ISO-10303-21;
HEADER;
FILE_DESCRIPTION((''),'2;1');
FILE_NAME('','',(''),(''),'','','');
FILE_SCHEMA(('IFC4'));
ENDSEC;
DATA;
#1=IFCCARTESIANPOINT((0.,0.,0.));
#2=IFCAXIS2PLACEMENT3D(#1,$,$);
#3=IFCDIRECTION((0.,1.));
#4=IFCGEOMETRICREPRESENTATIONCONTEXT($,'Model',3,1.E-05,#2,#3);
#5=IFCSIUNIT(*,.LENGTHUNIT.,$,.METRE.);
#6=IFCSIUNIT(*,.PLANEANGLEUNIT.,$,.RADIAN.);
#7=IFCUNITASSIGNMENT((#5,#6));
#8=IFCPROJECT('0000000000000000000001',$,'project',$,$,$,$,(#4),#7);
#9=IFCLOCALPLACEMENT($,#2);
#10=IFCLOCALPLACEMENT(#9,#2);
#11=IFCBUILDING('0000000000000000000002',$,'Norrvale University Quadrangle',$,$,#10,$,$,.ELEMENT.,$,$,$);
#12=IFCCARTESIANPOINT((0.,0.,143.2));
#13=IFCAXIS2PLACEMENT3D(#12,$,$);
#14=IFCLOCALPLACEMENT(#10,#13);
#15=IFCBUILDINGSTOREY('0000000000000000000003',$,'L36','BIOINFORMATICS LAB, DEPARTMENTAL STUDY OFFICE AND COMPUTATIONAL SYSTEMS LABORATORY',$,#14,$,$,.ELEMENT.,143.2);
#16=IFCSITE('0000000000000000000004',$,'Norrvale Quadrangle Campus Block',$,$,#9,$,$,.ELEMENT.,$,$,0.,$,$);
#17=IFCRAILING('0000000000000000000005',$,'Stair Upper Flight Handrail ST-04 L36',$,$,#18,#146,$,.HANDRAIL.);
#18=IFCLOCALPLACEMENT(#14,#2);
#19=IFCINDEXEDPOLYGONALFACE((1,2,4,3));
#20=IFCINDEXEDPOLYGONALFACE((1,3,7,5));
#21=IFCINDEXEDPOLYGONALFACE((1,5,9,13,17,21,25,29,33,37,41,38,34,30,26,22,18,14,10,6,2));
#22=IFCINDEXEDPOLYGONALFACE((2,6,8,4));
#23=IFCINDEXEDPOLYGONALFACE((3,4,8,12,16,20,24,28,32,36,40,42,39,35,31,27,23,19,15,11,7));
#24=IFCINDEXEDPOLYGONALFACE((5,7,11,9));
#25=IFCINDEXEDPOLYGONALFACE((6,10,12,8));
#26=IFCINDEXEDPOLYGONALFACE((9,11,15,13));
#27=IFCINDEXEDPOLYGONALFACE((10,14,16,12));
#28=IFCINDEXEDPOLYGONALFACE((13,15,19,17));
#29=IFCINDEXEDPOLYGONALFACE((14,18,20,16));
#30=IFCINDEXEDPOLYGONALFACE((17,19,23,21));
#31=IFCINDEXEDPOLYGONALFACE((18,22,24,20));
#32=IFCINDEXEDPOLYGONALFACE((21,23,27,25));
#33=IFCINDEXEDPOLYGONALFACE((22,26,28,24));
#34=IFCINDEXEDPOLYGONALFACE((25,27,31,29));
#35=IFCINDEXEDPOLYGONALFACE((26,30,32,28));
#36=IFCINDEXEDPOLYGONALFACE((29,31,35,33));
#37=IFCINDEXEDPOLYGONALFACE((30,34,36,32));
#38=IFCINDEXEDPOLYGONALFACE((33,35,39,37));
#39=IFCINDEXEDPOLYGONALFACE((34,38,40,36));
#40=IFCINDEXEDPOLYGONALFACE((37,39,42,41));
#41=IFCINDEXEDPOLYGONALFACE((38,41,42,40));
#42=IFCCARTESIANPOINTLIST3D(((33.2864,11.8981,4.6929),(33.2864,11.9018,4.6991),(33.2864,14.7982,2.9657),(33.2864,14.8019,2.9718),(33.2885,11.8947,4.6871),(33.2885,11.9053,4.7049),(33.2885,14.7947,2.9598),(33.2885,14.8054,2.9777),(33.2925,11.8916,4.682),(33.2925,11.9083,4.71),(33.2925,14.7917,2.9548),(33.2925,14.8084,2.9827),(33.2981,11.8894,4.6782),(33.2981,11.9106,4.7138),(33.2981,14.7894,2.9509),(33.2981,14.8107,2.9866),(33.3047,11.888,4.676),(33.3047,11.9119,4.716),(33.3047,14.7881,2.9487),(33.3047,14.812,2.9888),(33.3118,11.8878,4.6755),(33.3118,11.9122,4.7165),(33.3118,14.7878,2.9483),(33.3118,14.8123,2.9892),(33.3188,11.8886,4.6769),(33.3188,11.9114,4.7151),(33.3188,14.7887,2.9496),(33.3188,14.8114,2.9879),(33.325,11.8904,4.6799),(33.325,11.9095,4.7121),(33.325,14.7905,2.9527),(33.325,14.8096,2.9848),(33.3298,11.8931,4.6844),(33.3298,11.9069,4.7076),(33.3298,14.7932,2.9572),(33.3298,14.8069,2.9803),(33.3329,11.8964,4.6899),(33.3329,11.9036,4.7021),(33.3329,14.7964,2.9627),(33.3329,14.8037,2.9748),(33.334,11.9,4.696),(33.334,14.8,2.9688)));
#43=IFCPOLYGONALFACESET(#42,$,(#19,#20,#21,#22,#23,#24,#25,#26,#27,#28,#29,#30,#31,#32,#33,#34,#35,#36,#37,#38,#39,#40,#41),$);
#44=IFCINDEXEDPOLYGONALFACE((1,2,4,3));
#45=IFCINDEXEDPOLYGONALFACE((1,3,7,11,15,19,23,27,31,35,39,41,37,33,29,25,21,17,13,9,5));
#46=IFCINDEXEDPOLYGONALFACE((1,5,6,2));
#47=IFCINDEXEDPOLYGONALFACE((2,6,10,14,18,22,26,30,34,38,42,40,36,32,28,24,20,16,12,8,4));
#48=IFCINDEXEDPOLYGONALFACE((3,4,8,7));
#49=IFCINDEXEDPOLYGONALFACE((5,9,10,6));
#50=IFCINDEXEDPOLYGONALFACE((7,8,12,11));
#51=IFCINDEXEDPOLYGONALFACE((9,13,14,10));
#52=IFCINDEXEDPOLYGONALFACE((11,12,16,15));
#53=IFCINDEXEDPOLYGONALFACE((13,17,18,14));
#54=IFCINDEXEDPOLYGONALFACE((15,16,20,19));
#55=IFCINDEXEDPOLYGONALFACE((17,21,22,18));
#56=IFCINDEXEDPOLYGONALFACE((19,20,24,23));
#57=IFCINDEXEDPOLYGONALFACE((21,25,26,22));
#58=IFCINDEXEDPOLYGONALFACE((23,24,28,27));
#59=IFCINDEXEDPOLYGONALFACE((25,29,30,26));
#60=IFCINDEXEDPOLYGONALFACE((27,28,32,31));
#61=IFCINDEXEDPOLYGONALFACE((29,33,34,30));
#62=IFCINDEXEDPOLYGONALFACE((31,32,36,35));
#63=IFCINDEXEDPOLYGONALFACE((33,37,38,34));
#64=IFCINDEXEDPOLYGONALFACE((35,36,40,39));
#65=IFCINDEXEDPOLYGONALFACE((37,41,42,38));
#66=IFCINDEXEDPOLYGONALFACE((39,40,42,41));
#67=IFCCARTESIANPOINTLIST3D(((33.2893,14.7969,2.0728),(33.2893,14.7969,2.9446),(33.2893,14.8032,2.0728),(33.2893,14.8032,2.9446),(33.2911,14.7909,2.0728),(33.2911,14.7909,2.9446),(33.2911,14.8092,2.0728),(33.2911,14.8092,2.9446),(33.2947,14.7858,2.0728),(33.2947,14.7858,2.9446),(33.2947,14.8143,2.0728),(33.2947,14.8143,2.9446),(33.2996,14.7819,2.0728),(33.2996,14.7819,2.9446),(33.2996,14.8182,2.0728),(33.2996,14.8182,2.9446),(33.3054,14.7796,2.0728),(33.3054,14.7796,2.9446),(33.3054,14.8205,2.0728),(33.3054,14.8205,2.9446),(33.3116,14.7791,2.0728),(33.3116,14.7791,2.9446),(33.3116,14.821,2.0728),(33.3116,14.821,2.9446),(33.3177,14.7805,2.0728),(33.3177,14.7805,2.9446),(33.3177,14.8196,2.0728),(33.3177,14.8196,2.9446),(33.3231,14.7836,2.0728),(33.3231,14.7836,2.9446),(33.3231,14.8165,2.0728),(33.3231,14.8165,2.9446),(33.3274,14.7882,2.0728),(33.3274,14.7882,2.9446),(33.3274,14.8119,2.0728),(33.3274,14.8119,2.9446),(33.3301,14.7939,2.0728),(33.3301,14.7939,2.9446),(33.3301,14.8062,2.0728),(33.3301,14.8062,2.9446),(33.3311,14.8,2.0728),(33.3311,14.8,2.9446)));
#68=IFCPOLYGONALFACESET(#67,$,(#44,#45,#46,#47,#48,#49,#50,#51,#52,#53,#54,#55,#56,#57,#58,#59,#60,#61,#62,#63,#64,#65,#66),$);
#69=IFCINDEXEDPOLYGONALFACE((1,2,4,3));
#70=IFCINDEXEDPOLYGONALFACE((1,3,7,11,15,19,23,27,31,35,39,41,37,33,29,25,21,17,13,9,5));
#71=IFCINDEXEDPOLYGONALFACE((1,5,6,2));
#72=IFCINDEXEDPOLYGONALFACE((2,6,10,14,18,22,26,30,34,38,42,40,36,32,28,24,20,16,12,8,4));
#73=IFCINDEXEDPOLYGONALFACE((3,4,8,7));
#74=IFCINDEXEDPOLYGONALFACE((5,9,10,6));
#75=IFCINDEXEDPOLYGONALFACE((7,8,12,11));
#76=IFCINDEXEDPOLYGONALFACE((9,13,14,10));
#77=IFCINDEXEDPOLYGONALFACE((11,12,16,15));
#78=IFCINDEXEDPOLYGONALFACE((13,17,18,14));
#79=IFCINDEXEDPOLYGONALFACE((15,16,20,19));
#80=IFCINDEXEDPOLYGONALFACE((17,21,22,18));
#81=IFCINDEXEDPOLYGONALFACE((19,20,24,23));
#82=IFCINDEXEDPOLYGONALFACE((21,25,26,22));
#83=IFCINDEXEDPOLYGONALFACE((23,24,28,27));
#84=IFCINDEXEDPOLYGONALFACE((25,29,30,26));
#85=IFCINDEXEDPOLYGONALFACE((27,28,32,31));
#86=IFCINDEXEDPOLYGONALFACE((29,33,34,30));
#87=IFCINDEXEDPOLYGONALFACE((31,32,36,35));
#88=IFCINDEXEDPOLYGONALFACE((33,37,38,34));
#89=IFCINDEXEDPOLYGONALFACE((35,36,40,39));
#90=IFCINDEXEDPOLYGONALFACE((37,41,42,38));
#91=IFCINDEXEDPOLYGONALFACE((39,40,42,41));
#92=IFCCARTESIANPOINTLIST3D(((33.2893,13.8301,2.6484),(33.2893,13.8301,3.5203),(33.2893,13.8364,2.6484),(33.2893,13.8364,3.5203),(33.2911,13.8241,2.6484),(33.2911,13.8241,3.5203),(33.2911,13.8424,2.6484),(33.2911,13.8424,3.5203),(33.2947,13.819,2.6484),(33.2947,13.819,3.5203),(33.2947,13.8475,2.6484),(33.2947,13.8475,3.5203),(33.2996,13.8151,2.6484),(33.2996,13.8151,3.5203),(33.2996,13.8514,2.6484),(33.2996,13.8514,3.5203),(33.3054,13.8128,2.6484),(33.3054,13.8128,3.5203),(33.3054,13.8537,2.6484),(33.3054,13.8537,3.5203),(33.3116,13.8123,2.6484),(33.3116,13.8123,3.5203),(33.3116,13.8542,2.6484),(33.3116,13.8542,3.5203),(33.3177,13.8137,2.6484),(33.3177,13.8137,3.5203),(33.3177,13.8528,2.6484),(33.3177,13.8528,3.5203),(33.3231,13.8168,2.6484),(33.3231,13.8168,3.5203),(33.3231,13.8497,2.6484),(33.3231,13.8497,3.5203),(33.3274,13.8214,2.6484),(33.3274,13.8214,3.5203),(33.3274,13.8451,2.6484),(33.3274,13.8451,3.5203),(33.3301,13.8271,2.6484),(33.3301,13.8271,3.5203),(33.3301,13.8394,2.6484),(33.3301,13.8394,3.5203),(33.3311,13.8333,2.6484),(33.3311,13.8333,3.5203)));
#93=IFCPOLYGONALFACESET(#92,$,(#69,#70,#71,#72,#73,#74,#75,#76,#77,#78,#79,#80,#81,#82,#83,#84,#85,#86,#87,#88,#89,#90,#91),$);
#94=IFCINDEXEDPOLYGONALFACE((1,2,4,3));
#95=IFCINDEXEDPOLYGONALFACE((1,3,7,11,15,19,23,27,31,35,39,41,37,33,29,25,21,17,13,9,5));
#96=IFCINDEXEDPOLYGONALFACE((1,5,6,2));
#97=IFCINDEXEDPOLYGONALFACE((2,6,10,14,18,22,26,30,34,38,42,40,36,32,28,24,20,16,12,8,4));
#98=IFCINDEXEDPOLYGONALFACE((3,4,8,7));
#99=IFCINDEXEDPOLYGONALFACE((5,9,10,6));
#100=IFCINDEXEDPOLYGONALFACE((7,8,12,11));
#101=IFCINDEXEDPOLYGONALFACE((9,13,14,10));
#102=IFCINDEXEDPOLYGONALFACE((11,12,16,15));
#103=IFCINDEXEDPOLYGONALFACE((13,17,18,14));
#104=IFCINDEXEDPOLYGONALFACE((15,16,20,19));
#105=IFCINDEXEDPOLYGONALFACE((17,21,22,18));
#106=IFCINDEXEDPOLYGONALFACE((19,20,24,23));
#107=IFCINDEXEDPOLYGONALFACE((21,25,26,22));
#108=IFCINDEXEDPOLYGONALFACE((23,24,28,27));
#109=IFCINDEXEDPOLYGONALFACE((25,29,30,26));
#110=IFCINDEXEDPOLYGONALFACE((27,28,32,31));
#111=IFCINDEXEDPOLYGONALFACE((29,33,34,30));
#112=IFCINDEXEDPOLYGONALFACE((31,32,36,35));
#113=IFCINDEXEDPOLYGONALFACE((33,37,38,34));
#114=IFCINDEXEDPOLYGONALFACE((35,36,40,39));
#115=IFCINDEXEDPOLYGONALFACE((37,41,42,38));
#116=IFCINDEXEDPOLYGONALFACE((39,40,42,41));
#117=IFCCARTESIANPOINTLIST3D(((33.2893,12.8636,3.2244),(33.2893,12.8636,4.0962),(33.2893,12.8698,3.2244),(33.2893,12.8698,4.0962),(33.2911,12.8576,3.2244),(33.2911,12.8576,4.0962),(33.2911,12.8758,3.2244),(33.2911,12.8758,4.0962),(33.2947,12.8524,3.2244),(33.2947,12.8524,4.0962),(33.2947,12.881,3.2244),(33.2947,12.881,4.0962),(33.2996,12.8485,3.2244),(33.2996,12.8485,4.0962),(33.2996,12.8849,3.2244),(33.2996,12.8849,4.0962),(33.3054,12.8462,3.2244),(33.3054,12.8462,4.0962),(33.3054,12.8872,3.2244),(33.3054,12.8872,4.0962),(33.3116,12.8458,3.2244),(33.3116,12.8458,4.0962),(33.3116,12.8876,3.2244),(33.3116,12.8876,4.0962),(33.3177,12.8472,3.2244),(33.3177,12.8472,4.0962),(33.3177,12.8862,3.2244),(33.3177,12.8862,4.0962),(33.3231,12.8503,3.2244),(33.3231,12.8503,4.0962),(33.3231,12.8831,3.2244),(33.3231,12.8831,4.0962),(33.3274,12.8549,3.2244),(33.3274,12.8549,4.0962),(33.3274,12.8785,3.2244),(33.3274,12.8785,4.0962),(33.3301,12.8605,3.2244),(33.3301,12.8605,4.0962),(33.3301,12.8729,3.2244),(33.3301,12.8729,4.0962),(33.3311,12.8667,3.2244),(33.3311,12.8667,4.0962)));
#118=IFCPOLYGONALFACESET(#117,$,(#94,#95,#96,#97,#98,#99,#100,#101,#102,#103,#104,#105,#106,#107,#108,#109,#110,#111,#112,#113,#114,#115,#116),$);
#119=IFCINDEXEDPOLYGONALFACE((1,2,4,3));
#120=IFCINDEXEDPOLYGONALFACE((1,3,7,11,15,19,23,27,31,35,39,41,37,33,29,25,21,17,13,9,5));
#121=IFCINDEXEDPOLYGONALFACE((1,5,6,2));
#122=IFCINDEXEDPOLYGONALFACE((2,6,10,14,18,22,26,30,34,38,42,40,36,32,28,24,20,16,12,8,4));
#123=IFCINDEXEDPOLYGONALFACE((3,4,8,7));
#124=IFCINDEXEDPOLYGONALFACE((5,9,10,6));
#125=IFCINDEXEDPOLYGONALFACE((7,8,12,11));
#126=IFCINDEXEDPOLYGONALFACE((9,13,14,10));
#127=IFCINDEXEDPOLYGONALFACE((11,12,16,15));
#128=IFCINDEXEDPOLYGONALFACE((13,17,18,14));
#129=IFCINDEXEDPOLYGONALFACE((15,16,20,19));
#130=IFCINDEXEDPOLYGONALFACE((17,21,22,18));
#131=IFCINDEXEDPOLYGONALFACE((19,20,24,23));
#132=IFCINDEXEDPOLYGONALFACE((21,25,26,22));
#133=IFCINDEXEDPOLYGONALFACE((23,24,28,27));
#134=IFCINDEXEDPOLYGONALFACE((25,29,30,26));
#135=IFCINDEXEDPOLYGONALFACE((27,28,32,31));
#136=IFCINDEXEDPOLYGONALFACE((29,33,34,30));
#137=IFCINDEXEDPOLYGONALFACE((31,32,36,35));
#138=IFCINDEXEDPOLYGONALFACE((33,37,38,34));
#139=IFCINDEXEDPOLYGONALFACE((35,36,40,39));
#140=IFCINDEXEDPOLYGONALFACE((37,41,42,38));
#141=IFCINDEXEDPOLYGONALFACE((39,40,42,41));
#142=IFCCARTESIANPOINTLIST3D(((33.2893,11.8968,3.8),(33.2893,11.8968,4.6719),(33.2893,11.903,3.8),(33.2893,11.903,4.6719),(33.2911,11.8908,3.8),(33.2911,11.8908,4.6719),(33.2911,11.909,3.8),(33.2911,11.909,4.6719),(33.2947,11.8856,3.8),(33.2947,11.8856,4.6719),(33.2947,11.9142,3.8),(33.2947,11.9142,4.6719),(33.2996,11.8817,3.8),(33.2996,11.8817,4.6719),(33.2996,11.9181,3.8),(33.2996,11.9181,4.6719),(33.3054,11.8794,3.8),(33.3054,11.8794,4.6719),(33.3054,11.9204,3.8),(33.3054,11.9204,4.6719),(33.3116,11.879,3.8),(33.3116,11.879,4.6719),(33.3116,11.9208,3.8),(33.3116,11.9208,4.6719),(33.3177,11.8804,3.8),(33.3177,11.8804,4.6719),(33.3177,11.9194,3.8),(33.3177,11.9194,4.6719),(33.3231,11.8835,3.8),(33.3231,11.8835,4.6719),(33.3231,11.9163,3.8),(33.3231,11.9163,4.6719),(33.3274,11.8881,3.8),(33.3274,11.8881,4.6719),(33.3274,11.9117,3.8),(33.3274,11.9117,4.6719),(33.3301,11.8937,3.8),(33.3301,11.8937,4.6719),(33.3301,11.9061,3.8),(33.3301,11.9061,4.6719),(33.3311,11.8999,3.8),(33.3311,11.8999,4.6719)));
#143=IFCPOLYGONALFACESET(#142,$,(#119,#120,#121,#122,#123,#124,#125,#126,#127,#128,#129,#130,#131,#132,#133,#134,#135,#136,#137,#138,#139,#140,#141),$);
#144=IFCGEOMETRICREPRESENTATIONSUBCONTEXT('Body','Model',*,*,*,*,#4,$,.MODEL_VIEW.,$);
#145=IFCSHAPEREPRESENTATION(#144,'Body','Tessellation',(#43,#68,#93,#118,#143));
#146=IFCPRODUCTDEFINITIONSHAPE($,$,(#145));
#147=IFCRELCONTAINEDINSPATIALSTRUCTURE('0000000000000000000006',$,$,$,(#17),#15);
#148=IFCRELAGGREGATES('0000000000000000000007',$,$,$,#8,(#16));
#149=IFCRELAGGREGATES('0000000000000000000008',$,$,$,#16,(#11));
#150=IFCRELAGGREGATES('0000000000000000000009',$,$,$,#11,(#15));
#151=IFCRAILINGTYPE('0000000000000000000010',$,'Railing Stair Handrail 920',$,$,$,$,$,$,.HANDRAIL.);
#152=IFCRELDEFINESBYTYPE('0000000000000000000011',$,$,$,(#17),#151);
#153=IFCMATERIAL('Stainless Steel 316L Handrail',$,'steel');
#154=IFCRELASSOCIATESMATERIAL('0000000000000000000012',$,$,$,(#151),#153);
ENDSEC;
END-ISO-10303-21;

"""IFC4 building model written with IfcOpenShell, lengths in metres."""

from ifc_helpers import new_model, si_unit, direction, frame, origin, origin_2d, place, context, subcontext, project, spatial, circle, extrude, material, type_object, element, save


model = new_model("IFC4")

# Units and contexts
model_context = context("Model", 3, precision=1e-05, world=origin(), true_north=direction((0.0, 1.0)))
body_context = subcontext(model_context, "Body", "Model", "MODEL_VIEW")
ifc_project = project(units=[si_unit("LENGTHUNIT", "METRE"), si_unit("PLANEANGLEUNIT", "RADIAN")], contexts=[model_context])

# Site, building, storey
site_placement = place(None, origin())
site = spatial("IfcSite", under=ifc_project, at=site_placement, Name="Norrvale Quadrangle Campus Block", CompositionType="ELEMENT", RefElevation=0.0)
building_placement = place(site_placement, origin())
building = spatial("IfcBuilding", under=site, at=building_placement, Name="Norrvale University Quadrangle", CompositionType="ELEMENT")
storey_placement = place(building_placement, frame((0.0, 0.0, 143.2)))
storey = spatial("IfcBuildingStorey", under=building, at=storey_placement, Name="L36", Description="BIOINFORMATICS LAB, DEPARTMENTAL STUDY OFFICE AND COMPUTATIONAL SYSTEMS LABORATORY", CompositionType="ELEMENT", Elevation=143.2)

# Railing
ifc_material_1 = material(Name="Stainless Steel 316L Handrail", Category="steel")
railing_type_1 = type_object("IfcRailingType", Name="Railing Stair Handrail 920", PredefinedType="HANDRAIL", material=ifc_material_1)
railing_1_placement = place(storey_placement, frame((33.3101, 14.8, 2.0728)))
element("IfcRailing", 1, at=railing_1_placement, inside=storey, type_object=railing_type_1, Name="Stair Upper Flight Handrail ST-04 L36", PredefinedType="HANDRAIL", context=body_context, shape_type="SweptSolid", body=[
    extrude(circle(Radius=0.0239, at=origin_2d()), frame((0.0, 0.0, 0.896), z_axis=(0.0, -0.85916, 0.511706), x_axis=(1.0, 0.0, 0.0)), (0.0, 0.0, 1.0), 3.3755),
    extrude(circle(Radius=0.021, at=origin_2d()), origin(), (0.0, 0.0, 1.0), 0.8718),
    extrude(circle(Radius=0.021, at=origin_2d()), frame((0.0, -0.9668, 0.5757)), (0.0, 0.0, 1.0), 0.8718),
    extrude(circle(Radius=0.021, at=origin_2d()), frame((0.0, -1.9333, 1.1516)), (0.0, 0.0, 1.0), 0.8718),
    extrude(circle(Radius=0.021, at=origin_2d()), frame((0.0, -2.9001, 1.7273)), (0.0, 0.0, 1.0), 0.8718),
])

save(model, "model.ifc")
